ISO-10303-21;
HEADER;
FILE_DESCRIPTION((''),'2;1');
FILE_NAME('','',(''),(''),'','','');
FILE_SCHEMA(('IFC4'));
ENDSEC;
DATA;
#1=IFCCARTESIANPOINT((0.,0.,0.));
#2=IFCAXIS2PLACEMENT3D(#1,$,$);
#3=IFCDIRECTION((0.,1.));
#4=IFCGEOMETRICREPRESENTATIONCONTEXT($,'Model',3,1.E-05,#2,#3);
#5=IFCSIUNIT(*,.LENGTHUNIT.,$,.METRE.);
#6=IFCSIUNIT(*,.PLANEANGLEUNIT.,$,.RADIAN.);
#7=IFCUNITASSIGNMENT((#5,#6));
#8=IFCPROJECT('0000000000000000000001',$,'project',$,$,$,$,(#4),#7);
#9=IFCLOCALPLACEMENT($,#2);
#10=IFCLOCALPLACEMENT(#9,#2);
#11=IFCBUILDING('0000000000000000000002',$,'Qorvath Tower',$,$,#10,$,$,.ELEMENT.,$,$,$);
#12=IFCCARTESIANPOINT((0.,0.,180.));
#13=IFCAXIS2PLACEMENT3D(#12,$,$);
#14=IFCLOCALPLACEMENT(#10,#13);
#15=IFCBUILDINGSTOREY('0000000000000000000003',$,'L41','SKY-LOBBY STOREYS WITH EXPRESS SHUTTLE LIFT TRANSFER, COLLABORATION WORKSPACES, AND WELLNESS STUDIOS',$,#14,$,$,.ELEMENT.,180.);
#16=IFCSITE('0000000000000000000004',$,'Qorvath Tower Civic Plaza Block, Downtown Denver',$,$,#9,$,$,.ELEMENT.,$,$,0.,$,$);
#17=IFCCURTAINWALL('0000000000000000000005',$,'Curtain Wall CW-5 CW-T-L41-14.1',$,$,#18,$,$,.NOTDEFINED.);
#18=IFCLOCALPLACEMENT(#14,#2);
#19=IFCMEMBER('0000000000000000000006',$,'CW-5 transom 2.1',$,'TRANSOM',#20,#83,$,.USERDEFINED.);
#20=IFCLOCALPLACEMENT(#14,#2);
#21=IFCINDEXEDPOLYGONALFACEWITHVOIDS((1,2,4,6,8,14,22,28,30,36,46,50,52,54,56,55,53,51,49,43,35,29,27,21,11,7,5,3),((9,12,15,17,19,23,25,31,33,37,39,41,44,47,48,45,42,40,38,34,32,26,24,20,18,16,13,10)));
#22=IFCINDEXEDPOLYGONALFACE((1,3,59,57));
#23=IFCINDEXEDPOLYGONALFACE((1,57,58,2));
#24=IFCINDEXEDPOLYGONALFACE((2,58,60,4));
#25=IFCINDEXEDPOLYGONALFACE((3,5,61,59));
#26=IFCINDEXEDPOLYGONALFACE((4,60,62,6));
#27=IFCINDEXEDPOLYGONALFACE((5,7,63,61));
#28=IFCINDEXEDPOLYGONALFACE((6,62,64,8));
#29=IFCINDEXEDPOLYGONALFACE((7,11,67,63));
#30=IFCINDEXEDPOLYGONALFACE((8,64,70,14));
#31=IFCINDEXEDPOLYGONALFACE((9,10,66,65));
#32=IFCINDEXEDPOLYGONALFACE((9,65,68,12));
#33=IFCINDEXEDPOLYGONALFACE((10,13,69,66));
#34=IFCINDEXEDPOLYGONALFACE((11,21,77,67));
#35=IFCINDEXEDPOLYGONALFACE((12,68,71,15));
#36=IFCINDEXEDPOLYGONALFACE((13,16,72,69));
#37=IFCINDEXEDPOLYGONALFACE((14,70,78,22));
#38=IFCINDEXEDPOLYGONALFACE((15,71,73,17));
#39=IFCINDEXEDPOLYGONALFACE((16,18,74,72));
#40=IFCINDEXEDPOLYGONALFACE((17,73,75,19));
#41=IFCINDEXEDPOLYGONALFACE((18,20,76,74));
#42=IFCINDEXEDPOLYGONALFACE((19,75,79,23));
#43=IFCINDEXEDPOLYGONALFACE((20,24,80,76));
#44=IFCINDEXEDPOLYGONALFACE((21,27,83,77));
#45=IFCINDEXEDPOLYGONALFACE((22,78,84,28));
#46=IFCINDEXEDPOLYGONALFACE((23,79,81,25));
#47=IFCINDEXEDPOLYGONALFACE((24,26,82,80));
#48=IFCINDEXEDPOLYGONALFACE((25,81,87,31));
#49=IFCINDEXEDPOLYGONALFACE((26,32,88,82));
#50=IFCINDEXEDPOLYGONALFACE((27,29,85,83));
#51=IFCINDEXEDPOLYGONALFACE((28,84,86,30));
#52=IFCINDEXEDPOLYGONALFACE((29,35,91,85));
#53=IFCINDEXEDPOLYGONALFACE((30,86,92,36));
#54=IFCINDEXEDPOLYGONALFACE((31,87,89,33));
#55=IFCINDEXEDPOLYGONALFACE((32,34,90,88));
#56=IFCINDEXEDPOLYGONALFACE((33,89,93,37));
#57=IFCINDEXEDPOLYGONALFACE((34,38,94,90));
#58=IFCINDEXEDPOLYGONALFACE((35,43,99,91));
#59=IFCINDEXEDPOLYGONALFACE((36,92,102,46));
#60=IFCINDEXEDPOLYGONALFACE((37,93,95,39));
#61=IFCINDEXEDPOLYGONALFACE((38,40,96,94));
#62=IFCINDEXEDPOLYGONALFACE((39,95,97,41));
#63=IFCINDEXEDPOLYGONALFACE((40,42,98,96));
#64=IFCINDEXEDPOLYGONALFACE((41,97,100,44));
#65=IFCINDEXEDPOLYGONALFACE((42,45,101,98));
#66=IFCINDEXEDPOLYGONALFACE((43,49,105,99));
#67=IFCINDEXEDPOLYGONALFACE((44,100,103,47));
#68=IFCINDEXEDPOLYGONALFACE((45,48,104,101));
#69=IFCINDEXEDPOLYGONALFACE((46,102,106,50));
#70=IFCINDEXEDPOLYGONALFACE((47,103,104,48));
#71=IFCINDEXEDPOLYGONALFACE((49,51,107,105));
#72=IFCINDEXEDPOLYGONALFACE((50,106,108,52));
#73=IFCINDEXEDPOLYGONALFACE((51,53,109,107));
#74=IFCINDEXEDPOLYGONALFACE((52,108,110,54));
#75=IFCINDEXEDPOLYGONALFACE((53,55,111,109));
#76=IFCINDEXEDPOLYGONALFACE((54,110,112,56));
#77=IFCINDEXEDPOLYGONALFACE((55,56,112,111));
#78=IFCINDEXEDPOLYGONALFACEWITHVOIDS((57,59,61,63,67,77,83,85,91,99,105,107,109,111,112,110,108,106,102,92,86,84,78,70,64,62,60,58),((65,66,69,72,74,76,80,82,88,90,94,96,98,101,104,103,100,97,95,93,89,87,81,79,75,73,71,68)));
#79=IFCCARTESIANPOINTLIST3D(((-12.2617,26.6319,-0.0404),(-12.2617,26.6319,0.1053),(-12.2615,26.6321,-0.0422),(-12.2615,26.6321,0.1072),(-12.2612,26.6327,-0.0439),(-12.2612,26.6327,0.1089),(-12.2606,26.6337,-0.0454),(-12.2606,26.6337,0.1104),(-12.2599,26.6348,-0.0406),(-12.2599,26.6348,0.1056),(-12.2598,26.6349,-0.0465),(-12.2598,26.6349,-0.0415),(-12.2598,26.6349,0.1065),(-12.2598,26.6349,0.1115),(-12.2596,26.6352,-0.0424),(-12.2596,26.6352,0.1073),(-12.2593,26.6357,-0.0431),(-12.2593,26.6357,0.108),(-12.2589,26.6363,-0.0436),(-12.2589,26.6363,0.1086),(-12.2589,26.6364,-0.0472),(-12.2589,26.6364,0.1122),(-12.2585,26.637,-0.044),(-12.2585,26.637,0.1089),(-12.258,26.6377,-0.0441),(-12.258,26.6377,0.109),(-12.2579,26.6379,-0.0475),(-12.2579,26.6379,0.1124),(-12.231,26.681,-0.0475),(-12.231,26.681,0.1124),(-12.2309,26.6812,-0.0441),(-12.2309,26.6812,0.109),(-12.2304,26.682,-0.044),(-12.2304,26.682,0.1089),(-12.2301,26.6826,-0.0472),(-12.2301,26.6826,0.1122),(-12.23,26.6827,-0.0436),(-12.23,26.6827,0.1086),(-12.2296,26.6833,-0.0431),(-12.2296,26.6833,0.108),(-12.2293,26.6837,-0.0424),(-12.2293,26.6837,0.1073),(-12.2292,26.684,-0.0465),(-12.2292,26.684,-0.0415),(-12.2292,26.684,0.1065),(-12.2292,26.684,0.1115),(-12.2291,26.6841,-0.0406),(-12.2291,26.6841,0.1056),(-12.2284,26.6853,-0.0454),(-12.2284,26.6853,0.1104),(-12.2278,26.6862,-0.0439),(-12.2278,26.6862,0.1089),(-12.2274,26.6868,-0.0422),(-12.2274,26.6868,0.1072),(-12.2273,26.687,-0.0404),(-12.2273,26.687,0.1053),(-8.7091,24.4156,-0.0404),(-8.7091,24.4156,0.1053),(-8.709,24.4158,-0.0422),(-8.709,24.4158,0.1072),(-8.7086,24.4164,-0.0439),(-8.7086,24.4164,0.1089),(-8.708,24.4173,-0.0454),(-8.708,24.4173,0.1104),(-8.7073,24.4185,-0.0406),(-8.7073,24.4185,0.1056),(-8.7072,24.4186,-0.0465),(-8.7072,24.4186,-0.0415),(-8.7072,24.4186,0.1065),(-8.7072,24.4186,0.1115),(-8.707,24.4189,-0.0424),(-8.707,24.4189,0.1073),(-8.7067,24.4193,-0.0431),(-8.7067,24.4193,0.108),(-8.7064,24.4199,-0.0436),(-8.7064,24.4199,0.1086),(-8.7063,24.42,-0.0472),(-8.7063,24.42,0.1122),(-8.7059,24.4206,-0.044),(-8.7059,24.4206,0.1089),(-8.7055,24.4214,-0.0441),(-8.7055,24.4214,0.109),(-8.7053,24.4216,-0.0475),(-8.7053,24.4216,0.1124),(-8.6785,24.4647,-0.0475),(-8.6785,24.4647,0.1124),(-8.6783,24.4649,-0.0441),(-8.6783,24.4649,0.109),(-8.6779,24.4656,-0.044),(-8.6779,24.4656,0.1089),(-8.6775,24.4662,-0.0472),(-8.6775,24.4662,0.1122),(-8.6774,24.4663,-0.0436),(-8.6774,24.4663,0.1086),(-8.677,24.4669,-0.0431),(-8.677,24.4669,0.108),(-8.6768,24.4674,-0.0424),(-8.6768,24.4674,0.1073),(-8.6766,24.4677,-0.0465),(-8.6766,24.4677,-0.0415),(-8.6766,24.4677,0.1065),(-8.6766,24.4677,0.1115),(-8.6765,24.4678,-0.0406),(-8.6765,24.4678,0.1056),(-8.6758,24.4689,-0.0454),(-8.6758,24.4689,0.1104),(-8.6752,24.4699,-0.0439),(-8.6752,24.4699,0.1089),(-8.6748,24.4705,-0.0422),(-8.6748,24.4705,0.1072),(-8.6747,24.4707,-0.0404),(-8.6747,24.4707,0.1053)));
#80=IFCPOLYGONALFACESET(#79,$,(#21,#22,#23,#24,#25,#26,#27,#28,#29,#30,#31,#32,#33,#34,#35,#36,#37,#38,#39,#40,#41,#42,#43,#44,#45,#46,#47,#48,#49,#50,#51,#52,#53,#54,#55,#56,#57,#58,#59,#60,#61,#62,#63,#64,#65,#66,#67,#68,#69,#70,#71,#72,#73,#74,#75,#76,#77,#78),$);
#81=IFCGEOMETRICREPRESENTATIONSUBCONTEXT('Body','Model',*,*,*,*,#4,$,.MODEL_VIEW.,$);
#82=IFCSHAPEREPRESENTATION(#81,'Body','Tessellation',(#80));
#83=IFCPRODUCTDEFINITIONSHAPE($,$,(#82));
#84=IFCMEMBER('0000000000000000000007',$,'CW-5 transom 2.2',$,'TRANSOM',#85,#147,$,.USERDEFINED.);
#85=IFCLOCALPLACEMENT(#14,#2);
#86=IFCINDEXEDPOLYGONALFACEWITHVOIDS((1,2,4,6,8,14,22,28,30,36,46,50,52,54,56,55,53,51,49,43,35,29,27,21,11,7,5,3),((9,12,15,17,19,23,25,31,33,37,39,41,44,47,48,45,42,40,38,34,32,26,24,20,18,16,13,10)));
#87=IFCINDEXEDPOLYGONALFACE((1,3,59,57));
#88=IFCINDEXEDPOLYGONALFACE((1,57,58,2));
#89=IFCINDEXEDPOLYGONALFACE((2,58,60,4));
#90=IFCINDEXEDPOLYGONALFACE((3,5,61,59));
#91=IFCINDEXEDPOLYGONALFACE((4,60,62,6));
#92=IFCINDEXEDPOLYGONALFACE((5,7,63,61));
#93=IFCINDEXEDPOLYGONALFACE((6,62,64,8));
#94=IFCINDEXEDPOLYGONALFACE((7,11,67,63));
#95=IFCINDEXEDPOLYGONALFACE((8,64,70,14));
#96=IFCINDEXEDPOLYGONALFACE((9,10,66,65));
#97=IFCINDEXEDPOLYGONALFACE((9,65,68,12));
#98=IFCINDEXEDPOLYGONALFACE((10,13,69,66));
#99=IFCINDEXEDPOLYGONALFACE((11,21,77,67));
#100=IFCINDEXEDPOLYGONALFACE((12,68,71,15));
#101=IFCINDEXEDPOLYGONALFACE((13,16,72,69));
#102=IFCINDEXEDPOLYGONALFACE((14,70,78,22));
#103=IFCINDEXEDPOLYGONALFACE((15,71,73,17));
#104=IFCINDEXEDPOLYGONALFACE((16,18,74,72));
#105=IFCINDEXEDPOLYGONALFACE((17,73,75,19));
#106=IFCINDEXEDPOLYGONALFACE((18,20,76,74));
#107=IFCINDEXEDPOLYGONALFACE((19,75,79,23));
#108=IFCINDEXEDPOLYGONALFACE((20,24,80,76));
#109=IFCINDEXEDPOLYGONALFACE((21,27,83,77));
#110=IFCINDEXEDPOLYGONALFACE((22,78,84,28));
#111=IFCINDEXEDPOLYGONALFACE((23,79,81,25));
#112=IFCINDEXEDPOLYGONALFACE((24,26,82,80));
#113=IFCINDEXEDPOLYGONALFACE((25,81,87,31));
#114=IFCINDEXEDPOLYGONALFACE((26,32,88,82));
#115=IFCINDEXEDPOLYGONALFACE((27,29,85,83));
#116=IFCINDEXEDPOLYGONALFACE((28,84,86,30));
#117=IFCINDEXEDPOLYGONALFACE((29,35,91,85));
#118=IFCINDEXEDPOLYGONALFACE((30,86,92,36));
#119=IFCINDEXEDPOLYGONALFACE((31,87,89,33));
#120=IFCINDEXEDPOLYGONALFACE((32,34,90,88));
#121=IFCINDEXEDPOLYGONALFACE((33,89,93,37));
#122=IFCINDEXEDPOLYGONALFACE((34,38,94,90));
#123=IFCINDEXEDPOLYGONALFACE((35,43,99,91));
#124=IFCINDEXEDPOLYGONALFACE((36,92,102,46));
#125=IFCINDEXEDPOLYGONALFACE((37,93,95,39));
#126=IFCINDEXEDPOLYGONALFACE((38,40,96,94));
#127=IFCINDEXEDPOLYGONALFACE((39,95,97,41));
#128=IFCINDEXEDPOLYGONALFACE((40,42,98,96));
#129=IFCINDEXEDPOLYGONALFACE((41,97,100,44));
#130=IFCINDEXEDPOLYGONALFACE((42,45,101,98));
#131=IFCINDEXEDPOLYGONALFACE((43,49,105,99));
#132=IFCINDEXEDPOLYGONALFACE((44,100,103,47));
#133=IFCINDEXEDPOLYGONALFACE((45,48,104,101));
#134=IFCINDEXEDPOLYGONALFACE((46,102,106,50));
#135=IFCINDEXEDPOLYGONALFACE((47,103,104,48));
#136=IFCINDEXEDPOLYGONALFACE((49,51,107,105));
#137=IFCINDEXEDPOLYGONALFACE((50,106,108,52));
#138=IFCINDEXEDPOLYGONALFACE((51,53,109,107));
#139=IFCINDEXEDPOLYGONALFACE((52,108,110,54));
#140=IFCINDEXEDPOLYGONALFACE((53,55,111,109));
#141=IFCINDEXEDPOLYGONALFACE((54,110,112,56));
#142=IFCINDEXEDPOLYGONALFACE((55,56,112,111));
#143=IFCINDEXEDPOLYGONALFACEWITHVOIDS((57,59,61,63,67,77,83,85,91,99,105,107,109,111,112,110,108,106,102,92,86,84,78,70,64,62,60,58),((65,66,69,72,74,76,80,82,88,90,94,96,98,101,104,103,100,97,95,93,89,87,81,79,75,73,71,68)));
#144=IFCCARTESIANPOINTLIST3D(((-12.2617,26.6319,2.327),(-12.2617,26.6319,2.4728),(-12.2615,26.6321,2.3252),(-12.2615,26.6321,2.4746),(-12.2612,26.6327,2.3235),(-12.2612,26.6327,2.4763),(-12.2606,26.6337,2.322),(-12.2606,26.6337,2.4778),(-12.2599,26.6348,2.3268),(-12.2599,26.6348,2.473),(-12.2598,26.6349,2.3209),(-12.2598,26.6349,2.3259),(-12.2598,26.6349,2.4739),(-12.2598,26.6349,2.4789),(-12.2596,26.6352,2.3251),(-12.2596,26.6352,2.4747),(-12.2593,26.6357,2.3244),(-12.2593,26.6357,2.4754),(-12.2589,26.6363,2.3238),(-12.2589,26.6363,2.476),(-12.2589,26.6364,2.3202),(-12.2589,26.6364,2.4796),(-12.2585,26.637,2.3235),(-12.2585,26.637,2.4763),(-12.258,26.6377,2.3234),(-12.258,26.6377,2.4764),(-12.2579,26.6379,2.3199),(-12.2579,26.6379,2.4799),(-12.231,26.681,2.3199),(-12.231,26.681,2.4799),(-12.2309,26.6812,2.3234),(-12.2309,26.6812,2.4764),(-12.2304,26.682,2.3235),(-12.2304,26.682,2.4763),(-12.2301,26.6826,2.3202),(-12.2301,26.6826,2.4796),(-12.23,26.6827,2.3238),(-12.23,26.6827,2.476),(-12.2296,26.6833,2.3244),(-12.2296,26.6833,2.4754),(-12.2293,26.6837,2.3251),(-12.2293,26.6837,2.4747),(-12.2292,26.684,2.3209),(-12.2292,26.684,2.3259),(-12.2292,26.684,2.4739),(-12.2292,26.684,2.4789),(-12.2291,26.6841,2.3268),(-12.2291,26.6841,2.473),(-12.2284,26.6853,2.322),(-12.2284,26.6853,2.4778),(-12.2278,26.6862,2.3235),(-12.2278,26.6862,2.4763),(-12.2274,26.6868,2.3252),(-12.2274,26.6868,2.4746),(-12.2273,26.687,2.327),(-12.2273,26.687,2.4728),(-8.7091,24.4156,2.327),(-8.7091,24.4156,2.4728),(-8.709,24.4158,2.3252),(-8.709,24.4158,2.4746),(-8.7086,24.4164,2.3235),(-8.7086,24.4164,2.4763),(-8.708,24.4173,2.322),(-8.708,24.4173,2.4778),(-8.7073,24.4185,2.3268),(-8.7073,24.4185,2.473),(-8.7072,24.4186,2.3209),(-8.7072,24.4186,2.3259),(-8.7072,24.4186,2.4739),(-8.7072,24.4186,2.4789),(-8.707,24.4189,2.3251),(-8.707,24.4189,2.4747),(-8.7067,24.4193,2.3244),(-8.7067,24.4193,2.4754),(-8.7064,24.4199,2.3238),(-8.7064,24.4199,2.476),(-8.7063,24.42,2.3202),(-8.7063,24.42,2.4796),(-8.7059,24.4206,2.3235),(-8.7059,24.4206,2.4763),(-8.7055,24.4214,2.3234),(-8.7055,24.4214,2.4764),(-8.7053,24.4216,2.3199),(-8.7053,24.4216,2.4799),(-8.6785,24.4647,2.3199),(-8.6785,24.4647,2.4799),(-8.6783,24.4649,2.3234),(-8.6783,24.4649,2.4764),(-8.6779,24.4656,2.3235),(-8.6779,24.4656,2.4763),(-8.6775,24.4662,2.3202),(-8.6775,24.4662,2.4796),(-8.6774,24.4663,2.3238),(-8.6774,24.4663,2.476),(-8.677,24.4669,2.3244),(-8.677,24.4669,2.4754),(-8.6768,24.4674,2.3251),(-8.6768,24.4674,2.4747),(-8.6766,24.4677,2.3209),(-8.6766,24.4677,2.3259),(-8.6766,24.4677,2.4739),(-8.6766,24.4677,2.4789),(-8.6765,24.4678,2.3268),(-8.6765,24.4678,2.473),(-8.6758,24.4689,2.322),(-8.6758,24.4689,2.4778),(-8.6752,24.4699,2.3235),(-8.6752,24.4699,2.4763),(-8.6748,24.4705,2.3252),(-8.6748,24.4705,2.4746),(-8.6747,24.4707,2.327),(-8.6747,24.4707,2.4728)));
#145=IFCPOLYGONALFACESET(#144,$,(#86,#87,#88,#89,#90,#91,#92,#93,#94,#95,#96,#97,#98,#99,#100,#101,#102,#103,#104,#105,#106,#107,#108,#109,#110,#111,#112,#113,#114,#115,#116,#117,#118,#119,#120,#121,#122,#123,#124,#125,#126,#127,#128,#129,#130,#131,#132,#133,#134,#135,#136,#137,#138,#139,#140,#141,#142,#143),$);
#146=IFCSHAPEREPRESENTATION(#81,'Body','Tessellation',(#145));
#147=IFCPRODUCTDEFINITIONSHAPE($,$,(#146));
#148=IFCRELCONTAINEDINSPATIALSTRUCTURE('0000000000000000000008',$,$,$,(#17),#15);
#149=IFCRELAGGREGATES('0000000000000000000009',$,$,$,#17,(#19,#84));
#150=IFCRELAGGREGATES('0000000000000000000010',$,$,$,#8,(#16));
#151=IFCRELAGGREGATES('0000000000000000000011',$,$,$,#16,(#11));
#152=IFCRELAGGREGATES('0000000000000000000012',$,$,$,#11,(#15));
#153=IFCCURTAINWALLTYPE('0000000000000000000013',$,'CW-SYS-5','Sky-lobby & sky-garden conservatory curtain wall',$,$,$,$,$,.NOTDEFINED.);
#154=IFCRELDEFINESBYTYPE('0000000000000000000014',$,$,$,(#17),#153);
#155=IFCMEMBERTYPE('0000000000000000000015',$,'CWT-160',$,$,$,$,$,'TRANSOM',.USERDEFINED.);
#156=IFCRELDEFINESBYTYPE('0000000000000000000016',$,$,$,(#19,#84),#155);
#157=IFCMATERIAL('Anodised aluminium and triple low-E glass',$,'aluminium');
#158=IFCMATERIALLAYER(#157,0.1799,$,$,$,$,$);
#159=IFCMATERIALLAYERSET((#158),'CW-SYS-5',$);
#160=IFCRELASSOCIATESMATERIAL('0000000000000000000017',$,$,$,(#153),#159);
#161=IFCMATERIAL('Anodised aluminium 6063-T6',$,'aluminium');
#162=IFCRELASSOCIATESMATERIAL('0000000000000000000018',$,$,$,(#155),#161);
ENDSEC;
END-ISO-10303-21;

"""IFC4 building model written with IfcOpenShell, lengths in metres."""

from ifc_helpers import new_model, si_unit, direction, frame, origin, origin_2d, place, context, subcontext, project, spatial, hollow_rectangle, extrude, material, layer, layer_set, material_profile, profile_set, type_object, element, aggregate, save


model = new_model("IFC4")

# Units and contexts
model_context = context("Model", 3, precision=1e-05, world=origin(), true_north=direction((0.0, 1.0)))
body_context = subcontext(model_context, "Body", "Model", "MODEL_VIEW")
ifc_project = project(units=[si_unit("LENGTHUNIT", "METRE"), si_unit("PLANEANGLEUNIT", "RADIAN")], contexts=[model_context])

# Site, building, storey
site_placement = place(None, origin())
site = spatial("IfcSite", under=ifc_project, at=site_placement, Name="Qorvath Tower Civic Plaza Block, Downtown Denver", CompositionType="ELEMENT", RefElevation=0.0)
building_placement = place(site_placement, origin())
building = spatial("IfcBuilding", under=site, at=building_placement, Name="Qorvath Tower", CompositionType="ELEMENT")
storey_placement = place(building_placement, frame((0.0, 0.0, 180.0)))
storey = spatial("IfcBuildingStorey", under=building, at=storey_placement, Name="L41", Description="SKY-LOBBY STOREYS WITH EXPRESS SHUTTLE LIFT TRANSFER, COLLABORATION WORKSPACES, AND WELLNESS STUDIOS", CompositionType="ELEMENT", Elevation=180.0)

# Shared definitions
ifc_material_1 = material(Name="Anodised aluminium and triple low-E glass", Category="aluminium")
ifc_layer_1 = layer(ifc_material_1, 0.1799)
ifc_layer_set_1 = layer_set([ifc_layer_1], Name="CW-SYS-5")
curtain_wall_type = type_object("IfcCurtainWallType", Name="CW-SYS-5", Description="Sky-lobby & sky-garden conservatory curtain wall", PredefinedType="NOTDEFINED", material=ifc_layer_set_1)

# Curtain wall
curtain_wall_1_placement = place(storey_placement, origin())
curtain_wall_1 = element("IfcCurtainWall", 1, at=curtain_wall_1_placement, inside=storey, type_object=curtain_wall_type, Name="Curtain Wall CW-5 CW-T-L41-14.1", PredefinedType="NOTDEFINED")

# Members
ifc_material_2 = material(Name="Anodised aluminium 6063-T6", Category="aluminium")
ifc_material_profile_1 = material_profile(ifc_material_2, hollow_rectangle(XDim=0.0649, YDim=0.1599, WallThickness=0.0034, InnerFilletRadius=0.0034, OuterFilletRadius=0.0071, at=origin_2d()), Name="CWT 160x65")
ifc_profile_set_1 = profile_set([ifc_material_profile_1], Name="Anodised aluminium 6063-T6")
member_type_1 = type_object("IfcMemberType", Name="CWT-160", ElementType="TRANSOM", PredefinedType="USERDEFINED", material=ifc_profile_set_1)
member_1_placement = place(storey_placement, frame((-8.6919, 24.4431, 0.0325), z_axis=(-0.848427, 0.529312, 0.0), x_axis=(-0.529312, -0.848427, 0.0)))
member_1 = element("IfcMember", 2, at=member_1_placement, type_object=member_type_1, Name="CW-5 transom 2.1", ObjectType="TRANSOM", PredefinedType="USERDEFINED", context=body_context, shape_type="SweptSolid", body=[
    extrude(hollow_rectangle(XDim=0.0649, YDim=0.1599, WallThickness=0.0034, InnerFilletRadius=0.0034, OuterFilletRadius=0.0071, at=origin_2d()), origin(), (0.0, 0.0, 1.0), 4.1873),
])
member_2_placement = place(storey_placement, frame((-8.6919, 24.4431, 2.3999), z_axis=(-0.848427, 0.529312, 0.0), x_axis=(-0.529312, -0.848427, 0.0)))
member_2 = element("IfcMember", 3, at=member_2_placement, type_object=member_type_1, Name="CW-5 transom 2.2", ObjectType="TRANSOM", PredefinedType="USERDEFINED", context=body_context, shape_type="SweptSolid", body=[
    extrude(hollow_rectangle(XDim=0.0649, YDim=0.1599, WallThickness=0.0034, InnerFilletRadius=0.0034, OuterFilletRadius=0.0071, at=origin_2d()), origin(), (0.0, 0.0, 1.0), 4.1873),
])

aggregate(curtain_wall_1, [member_1, member_2])

save(model, "model.ifc")
